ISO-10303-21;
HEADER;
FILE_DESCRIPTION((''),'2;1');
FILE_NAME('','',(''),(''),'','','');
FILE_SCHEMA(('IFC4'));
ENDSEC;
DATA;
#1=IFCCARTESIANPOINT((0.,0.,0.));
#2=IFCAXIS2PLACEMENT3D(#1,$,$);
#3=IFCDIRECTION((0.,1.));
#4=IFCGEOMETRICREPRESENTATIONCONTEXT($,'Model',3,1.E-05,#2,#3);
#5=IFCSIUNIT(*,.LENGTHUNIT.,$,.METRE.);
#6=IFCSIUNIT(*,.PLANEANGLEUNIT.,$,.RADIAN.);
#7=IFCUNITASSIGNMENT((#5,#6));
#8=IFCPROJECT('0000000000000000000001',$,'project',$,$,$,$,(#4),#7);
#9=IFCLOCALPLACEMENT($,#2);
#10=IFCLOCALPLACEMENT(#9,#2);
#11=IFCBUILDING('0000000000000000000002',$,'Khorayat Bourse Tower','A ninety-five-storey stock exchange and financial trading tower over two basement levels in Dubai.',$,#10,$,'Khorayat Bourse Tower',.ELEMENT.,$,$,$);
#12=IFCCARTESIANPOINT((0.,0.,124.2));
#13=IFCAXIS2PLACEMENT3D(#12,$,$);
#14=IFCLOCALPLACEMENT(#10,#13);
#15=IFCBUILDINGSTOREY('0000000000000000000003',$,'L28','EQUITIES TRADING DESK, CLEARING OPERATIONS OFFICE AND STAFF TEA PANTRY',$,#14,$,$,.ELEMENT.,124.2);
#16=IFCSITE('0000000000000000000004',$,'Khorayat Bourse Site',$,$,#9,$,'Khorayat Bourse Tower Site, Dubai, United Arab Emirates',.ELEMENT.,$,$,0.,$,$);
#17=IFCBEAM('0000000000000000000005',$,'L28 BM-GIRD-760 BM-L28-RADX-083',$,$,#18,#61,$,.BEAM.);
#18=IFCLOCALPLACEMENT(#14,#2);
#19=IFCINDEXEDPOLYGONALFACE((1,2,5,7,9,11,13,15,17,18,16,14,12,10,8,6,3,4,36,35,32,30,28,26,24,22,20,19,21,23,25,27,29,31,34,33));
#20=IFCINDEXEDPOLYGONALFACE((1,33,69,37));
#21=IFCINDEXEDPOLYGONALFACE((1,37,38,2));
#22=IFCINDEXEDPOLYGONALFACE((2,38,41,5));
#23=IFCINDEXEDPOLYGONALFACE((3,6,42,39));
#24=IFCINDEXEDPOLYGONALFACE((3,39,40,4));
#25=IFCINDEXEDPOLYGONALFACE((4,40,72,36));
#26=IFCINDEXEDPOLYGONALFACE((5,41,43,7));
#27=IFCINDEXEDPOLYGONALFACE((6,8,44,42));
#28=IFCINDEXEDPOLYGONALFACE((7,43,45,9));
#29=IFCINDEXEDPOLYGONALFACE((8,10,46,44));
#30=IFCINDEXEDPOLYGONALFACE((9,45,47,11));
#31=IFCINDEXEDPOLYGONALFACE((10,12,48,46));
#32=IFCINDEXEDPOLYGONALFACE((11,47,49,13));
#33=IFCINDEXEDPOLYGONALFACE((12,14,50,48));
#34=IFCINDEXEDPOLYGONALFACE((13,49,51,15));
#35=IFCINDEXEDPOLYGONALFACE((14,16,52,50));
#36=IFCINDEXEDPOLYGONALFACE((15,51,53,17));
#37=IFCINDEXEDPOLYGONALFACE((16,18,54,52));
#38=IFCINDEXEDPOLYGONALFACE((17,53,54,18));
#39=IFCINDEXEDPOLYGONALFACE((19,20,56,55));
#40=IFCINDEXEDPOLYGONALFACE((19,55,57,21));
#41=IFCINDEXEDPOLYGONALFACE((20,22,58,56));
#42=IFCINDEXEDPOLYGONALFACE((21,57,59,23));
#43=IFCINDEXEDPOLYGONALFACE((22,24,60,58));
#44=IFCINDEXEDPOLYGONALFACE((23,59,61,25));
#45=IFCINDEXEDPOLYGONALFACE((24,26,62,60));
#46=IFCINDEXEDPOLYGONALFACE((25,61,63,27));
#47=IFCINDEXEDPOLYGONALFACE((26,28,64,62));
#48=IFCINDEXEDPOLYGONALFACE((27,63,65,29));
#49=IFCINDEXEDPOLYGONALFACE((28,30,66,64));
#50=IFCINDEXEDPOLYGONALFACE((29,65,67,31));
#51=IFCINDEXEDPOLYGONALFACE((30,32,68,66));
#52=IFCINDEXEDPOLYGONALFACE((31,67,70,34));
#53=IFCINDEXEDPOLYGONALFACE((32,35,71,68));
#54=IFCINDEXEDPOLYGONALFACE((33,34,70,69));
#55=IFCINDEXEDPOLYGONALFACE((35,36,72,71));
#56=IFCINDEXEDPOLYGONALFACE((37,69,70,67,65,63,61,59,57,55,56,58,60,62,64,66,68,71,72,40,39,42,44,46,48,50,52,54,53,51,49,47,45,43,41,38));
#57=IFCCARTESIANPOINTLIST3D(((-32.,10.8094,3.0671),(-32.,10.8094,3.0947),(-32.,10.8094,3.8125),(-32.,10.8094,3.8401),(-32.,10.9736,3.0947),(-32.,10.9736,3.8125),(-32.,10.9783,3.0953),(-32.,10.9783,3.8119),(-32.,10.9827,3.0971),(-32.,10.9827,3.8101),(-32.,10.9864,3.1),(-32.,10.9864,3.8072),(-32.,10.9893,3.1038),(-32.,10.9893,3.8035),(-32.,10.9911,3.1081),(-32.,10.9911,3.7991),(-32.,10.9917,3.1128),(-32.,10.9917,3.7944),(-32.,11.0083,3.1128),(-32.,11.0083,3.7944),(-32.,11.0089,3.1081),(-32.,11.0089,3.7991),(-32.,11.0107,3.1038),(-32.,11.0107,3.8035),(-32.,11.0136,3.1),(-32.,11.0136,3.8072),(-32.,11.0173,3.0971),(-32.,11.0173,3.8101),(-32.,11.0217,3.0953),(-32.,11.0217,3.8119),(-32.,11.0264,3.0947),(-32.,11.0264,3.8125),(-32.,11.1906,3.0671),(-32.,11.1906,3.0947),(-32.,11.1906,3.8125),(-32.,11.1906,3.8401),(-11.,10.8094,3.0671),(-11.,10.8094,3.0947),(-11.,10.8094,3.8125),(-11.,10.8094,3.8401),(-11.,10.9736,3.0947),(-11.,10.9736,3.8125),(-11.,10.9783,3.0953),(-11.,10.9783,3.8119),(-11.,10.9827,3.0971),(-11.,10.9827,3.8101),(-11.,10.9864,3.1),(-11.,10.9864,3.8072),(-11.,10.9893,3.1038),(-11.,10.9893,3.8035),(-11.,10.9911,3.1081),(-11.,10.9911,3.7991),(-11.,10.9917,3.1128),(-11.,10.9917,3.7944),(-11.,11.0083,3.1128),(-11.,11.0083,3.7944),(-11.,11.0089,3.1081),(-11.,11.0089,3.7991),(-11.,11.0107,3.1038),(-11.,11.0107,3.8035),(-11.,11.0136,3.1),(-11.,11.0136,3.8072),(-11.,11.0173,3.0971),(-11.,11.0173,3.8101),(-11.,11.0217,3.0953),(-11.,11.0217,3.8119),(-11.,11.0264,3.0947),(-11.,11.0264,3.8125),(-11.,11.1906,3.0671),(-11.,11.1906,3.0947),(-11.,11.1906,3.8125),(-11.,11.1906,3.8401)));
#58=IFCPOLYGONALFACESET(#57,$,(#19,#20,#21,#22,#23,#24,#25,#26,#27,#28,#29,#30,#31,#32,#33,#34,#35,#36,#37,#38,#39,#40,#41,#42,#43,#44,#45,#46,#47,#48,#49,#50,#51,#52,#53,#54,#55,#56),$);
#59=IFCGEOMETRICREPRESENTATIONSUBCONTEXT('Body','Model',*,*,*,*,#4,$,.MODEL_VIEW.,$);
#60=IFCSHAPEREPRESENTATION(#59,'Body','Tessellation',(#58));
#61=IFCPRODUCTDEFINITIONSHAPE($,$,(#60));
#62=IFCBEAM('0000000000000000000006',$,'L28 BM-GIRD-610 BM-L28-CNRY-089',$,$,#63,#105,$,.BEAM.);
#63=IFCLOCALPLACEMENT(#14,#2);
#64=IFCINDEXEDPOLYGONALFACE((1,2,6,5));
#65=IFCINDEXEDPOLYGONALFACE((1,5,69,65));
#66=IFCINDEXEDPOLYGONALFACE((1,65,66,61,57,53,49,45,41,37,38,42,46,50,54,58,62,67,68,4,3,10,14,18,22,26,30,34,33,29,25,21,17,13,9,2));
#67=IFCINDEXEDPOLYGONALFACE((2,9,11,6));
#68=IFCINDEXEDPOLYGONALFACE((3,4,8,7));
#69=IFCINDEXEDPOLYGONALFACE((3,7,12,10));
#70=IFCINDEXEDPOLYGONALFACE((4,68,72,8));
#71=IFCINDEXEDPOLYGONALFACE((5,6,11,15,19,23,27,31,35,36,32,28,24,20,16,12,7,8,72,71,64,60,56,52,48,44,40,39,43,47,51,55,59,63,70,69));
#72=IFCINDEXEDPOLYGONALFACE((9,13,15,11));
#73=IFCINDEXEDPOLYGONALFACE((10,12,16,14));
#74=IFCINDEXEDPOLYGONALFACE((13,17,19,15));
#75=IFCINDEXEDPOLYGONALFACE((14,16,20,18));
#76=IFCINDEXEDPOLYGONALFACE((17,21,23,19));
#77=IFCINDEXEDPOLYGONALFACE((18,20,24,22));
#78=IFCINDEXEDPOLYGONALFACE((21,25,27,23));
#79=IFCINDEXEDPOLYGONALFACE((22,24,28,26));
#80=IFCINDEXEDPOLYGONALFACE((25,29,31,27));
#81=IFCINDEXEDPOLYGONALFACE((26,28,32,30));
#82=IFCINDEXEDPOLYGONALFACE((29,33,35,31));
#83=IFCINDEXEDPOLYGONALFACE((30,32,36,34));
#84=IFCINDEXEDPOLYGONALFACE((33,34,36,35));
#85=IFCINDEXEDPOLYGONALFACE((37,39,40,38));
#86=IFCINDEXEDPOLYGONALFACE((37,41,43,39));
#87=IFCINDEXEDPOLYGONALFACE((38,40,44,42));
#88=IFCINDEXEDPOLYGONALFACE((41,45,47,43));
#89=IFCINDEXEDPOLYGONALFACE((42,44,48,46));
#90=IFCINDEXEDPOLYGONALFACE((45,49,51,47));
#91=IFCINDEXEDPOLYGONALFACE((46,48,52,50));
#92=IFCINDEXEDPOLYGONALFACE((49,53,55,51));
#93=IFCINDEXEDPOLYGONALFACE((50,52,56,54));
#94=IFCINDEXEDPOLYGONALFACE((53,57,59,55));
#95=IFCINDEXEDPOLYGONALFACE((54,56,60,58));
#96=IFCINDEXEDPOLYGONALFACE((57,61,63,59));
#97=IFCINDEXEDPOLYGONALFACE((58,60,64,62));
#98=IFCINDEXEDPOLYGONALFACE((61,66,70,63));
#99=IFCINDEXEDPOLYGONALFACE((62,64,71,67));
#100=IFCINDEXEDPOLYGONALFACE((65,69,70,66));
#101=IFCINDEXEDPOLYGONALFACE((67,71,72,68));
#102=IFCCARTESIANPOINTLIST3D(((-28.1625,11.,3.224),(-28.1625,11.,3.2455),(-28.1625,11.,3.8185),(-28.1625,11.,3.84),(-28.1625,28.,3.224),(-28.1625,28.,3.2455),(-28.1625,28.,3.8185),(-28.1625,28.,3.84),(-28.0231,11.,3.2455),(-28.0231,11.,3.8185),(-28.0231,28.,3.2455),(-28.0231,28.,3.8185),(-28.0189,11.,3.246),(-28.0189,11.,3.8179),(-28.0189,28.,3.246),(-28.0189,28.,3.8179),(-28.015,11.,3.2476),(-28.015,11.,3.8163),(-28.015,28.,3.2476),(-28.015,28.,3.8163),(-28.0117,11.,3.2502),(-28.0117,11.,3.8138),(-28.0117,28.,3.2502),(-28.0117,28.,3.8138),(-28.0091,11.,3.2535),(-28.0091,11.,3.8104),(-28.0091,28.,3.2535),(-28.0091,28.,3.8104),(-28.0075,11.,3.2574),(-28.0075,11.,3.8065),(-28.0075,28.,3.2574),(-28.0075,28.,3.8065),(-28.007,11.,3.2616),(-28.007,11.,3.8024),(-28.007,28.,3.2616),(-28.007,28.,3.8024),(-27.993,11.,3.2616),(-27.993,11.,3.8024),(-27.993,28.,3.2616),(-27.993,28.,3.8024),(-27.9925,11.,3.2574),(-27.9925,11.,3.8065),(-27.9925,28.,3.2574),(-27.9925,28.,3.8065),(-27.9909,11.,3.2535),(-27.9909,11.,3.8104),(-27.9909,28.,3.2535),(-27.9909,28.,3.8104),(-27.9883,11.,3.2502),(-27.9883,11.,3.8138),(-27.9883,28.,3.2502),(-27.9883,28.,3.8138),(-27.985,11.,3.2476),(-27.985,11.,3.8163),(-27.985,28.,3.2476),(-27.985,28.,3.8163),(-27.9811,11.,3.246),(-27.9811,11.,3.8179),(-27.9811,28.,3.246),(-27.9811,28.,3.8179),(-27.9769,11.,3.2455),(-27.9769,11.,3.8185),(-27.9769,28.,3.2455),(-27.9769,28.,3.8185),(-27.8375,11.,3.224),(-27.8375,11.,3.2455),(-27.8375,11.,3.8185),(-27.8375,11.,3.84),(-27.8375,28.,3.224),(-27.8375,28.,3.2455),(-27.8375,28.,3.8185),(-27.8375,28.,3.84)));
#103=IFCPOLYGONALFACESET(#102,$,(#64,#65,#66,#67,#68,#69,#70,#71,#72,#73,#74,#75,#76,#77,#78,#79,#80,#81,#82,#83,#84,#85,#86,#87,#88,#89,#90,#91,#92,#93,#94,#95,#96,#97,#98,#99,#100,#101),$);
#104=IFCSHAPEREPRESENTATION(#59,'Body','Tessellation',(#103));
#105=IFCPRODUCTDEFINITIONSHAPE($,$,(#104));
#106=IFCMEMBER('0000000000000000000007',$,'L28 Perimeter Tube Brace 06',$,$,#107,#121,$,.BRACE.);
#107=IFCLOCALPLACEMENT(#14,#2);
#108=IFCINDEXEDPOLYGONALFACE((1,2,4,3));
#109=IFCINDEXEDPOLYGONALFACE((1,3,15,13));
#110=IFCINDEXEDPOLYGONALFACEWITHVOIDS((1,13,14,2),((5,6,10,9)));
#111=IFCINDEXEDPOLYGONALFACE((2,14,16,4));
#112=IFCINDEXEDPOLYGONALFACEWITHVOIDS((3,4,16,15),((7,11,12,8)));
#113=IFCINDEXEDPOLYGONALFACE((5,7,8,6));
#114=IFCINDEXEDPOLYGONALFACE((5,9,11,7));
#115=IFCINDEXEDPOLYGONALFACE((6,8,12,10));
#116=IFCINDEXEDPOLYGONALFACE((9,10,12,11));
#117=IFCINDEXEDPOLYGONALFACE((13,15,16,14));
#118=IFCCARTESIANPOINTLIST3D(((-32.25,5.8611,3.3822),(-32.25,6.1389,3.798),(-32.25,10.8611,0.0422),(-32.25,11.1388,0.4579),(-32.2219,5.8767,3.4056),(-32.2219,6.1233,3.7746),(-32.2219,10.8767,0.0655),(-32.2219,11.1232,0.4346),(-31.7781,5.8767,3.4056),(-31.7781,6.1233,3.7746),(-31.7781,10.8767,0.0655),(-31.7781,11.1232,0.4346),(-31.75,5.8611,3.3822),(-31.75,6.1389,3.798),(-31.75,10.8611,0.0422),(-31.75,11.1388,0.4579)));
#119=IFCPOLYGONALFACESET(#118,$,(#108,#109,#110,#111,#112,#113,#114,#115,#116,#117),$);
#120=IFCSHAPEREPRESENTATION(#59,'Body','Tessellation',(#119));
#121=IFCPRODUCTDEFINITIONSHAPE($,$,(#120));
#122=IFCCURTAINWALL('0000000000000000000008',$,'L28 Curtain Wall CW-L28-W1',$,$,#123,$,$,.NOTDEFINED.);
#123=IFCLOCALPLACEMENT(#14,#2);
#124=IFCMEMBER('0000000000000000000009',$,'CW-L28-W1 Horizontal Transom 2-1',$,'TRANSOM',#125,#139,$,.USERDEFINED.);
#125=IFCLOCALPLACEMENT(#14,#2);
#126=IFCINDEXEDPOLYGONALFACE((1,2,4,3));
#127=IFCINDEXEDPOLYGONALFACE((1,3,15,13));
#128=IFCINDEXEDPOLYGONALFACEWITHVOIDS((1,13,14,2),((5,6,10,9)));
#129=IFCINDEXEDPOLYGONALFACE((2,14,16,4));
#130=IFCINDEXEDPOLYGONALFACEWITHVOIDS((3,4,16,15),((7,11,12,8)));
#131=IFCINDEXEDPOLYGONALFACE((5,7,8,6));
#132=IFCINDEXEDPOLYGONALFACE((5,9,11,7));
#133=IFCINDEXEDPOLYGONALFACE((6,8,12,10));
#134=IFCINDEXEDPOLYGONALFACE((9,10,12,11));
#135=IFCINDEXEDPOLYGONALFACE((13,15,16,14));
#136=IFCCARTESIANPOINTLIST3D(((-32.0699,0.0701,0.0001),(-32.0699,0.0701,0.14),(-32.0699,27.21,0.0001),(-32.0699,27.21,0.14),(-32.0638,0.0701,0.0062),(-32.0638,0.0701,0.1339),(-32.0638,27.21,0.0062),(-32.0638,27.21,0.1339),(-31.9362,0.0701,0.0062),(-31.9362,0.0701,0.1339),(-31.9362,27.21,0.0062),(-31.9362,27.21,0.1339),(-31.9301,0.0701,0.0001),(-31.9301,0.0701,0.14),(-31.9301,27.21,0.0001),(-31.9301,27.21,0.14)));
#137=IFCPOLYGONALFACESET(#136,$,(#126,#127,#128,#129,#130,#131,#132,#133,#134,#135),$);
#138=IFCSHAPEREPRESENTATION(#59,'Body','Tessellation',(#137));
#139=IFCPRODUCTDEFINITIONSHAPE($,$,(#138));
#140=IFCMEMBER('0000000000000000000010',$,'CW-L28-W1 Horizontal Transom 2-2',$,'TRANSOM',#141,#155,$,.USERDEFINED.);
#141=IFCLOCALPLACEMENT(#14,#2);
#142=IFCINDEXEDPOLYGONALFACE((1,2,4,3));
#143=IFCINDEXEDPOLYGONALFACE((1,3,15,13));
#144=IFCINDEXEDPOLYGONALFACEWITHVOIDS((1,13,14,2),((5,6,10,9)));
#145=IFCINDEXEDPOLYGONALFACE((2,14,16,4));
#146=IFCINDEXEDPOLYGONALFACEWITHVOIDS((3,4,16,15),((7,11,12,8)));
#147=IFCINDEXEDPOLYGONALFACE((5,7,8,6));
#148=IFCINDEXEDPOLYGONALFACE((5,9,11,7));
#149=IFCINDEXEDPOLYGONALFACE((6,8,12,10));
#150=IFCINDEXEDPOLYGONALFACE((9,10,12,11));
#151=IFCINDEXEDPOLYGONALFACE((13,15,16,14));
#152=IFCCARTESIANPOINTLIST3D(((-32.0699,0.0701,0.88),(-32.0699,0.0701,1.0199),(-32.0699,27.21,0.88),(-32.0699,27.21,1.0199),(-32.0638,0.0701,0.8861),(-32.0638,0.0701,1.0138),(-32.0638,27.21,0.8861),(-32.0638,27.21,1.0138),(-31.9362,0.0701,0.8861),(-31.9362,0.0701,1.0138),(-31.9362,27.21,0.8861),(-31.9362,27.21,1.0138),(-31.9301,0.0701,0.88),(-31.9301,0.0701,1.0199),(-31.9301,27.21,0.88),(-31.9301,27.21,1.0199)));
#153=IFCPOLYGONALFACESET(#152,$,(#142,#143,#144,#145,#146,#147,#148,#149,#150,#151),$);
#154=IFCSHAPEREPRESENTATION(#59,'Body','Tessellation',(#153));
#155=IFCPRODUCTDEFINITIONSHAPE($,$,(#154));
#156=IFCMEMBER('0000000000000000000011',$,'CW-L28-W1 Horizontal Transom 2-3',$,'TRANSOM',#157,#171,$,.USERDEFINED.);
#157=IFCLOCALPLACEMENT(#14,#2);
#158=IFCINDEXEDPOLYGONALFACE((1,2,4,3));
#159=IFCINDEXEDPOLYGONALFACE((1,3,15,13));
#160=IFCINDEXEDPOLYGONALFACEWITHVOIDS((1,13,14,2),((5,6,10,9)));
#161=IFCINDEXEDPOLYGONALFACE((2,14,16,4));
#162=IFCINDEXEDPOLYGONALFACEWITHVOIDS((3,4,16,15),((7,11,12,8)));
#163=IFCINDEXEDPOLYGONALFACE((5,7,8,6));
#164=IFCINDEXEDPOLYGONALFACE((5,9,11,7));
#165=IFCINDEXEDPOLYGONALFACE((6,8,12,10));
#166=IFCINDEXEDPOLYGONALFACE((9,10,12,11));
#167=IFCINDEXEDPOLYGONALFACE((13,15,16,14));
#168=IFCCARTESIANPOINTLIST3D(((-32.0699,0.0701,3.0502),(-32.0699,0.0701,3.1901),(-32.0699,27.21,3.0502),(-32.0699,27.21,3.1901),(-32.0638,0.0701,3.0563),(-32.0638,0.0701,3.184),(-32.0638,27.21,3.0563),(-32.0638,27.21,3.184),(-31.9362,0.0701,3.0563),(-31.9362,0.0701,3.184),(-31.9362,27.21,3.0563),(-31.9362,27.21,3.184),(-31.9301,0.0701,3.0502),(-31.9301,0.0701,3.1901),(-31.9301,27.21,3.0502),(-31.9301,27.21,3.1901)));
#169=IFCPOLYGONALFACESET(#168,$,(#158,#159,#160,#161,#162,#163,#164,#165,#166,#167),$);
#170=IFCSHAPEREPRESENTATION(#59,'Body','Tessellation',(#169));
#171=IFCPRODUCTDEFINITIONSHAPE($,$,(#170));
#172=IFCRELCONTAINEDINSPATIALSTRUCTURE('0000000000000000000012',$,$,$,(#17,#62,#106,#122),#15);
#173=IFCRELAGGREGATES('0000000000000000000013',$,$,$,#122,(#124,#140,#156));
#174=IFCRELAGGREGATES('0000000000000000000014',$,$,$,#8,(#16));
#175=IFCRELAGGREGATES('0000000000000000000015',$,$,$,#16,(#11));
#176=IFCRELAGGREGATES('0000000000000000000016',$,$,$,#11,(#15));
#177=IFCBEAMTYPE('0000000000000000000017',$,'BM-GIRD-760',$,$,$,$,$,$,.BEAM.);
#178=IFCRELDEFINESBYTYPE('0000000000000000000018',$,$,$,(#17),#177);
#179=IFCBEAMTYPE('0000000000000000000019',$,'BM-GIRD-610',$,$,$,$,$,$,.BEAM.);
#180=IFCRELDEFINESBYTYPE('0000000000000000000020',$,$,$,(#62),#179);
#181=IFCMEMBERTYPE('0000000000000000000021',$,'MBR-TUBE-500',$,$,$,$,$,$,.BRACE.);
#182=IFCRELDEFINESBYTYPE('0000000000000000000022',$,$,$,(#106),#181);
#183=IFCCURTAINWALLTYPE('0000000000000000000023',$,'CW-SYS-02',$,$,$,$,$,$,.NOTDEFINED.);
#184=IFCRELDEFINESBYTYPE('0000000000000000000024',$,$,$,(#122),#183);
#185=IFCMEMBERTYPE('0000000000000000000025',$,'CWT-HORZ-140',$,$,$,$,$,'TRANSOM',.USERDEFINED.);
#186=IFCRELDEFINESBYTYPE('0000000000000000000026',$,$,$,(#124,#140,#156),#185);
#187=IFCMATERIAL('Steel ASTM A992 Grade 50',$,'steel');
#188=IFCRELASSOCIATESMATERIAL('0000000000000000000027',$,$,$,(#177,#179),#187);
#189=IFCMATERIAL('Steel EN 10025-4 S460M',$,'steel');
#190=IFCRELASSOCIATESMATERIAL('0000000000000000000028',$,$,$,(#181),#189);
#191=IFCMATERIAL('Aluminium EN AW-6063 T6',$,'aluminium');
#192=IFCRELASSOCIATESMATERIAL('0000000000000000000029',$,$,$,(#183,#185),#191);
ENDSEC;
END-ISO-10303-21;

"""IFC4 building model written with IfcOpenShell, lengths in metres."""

from ifc_helpers import new_model, si_unit, direction, frame, origin, origin_2d, place, context, subcontext, project, spatial, hollow_rectangle, i_section, extrude, source, transform, mapped, material, material_profile, profile_set, type_object, element, aggregate, save


model = new_model("IFC4")

# Units and contexts
model_context = context("Model", 3, precision=1e-05, world=origin(), true_north=direction((0.0, 1.0)))
body_context = subcontext(model_context, "Body", "Model", "MODEL_VIEW")
ifc_project = project(units=[si_unit("LENGTHUNIT", "METRE"), si_unit("PLANEANGLEUNIT", "RADIAN")], contexts=[model_context])

# Site, building, storey
site_placement = place(None, origin())
site = spatial("IfcSite", under=ifc_project, at=site_placement, Name="Khorayat Bourse Site", LongName="Khorayat Bourse Tower Site, Dubai, United Arab Emirates", CompositionType="ELEMENT", RefElevation=0.0)
building_placement = place(site_placement, origin())
building = spatial("IfcBuilding", under=site, at=building_placement, Name="Khorayat Bourse Tower", Description="A ninety-five-storey stock exchange and financial trading tower over two basement levels in Dubai.", LongName="Khorayat Bourse Tower", CompositionType="ELEMENT")
storey_placement = place(building_placement, frame((0.0, 0.0, 124.2)))
storey = spatial("IfcBuildingStorey", under=building, at=storey_placement, Name="L28", Description="EQUITIES TRADING DESK, CLEARING OPERATIONS OFFICE AND STAFF TEA PANTRY", CompositionType="ELEMENT", Elevation=124.2)

# Shared definitions
ifc_material_1 = material(Name="Steel EN 10025-4 S460M", Category="steel")

# Beams
ifc_material_2 = material(Name="Steel ASTM A992 Grade 50", Category="steel")
ifc_material_profile_1 = material_profile(ifc_material_2, i_section(OverallWidth=0.3811, OverallDepth=0.7729, WebThickness=0.0166, FlangeThickness=0.0276, FilletRadius=0.0181, at=origin_2d()), Name="W760X257")
ifc_profile_set_1 = profile_set([ifc_material_profile_1], Name="Steel ASTM A992 Grade 50")
beam_type_1 = type_object("IfcBeamType", Name="BM-GIRD-760", PredefinedType="BEAM", material=ifc_profile_set_1)
shared_shape_1 = source(origin(), body_context, "Body", "SweptSolid", [
    extrude(i_section(OverallWidth=0.3811, OverallDepth=0.7729, WebThickness=0.0166, FlangeThickness=0.0276, FilletRadius=0.0181, at=origin_2d()), origin(), (0.0, 0.0, 1.0), 21.0),
])
for number, where, z_axis, x_axis, name in (
    (1, (-32.0, 11.0, 3.4536), (1.0, 0.0, 0.0), (0.0, 1.0, 0.0), "L28 BM-GIRD-760 BM-L28-RADX-083"),
):
    element("IfcBeam", number, at=place(storey_placement, frame(where, z_axis=z_axis, x_axis=x_axis)), inside=storey, type_object=beam_type_1, Name=name, PredefinedType="BEAM", context=body_context, shape_type="MappedRepresentation", body=[
        mapped(shared_shape_1, transform((0.0, 0.0, 0.0), scale=1.0)),
    ])
ifc_material_profile_2 = material_profile(ifc_material_2, i_section(OverallWidth=0.325, OverallDepth=0.616, WebThickness=0.0139, FlangeThickness=0.0215, FilletRadius=0.0161, at=origin_2d()), Name="W610X174")
ifc_profile_set_2 = profile_set([ifc_material_profile_2], Name="Steel ASTM A992 Grade 50")
beam_type_2 = type_object("IfcBeamType", Name="BM-GIRD-610", PredefinedType="BEAM", material=ifc_profile_set_2)
shared_shape_2 = source(origin(), body_context, "Body", "SweptSolid", [
    extrude(i_section(OverallWidth=0.325, OverallDepth=0.616, WebThickness=0.0139, FlangeThickness=0.0215, FilletRadius=0.0161, at=origin_2d()), origin(), (0.0, 0.0, 1.0), 17.0),
])
beam_1_placement = place(storey_placement, frame((-28.0, 11.0, 3.532), z_axis=(0.0, 1.0, 0.0), x_axis=(-1.0, 0.0, 0.0)))
element("IfcBeam", 2, at=beam_1_placement, inside=storey, type_object=beam_type_2, Name="L28 BM-GIRD-610 BM-L28-CNRY-089", PredefinedType="BEAM", context=body_context, shape_type="MappedRepresentation", body=[
    mapped(shared_shape_2, transform((0.0, 0.0, 0.0), scale=1.0)),
])

# Member
ifc_material_profile_3 = material_profile(ifc_material_1, hollow_rectangle(XDim=0.5, YDim=0.5, WallThickness=0.0281, at=origin_2d()), Name="HSS 500x500x28")
ifc_profile_set_3 = profile_set([ifc_material_profile_3], Name="Steel EN 10025-4 S460M")
member_type_1 = type_object("IfcMemberType", Name="MBR-TUBE-500", PredefinedType="BRACE", material=ifc_profile_set_3)
shared_shape_3 = source(origin(), body_context, "Body", "SweptSolid", [
    extrude(hollow_rectangle(XDim=0.5, YDim=0.5, WallThickness=0.0281, at=origin_2d()), origin(), (0.0, 0.0, 1.0), 6.0129),
])
member_1_placement = place(storey_placement, frame((-32.0, 6.0, 3.5901), z_axis=(0.0, 0.831531, -0.555478), x_axis=(-1.0, 0.0, 0.0)))
element("IfcMember", 3, at=member_1_placement, inside=storey, type_object=member_type_1, Name="L28 Perimeter Tube Brace 06", PredefinedType="BRACE", context=body_context, shape_type="MappedRepresentation", body=[
    mapped(shared_shape_3, transform((0.0, 0.0, 0.0), scale=1.0)),
])

# Curtain wall, members
ifc_material_3 = material(Name="Aluminium EN AW-6063 T6", Category="aluminium")
curtain_wall_type = type_object("IfcCurtainWallType", Name="CW-SYS-02", PredefinedType="NOTDEFINED", material=ifc_material_3)
curtain_wall_placement = place(storey_placement, origin())
curtain_wall = element("IfcCurtainWall", 4, at=curtain_wall_placement, inside=storey, type_object=curtain_wall_type, Name="L28 Curtain Wall CW-L28-W1", PredefinedType="NOTDEFINED")
ifc_material_profile_4 = material_profile(ifc_material_3, hollow_rectangle(XDim=0.1399, YDim=0.1399, WallThickness=0.0061, at=origin_2d()), Name="ALU 140x140x6")
ifc_profile_set_4 = profile_set([ifc_material_profile_4], Name="Aluminium EN AW-6063 T6")
member_type_2 = type_object("IfcMemberType", Name="CWT-HORZ-140", ElementType="TRANSOM", PredefinedType="USERDEFINED", material=ifc_profile_set_4)
shared_shape_4 = source(origin(), body_context, "Body", "SweptSolid", [
    extrude(hollow_rectangle(XDim=0.1399, YDim=0.1399, WallThickness=0.0061, at=origin_2d()), origin(), (0.0, 0.0, 1.0), 27.1399),
])
member_2_placement = place(storey_placement, frame((-32.0, 0.0701, 0.0701), z_axis=(0.0, 1.0, 0.0), x_axis=(-1.0, 0.0, 0.0)))
member_2 = element("IfcMember", 5, at=member_2_placement, type_object=member_type_2, Name="CW-L28-W1 Horizontal Transom 2-1", ObjectType="TRANSOM", PredefinedType="USERDEFINED", context=body_context, shape_type="MappedRepresentation", body=[
    mapped(shared_shape_4, transform((0.0, 0.0, 0.0), scale=1.0)),
])
member_3_placement = place(storey_placement, frame((-32.0, 0.0701, 0.95), z_axis=(0.0, 1.0, 0.0), x_axis=(-1.0, 0.0, 0.0)))
member_3 = element("IfcMember", 6, at=member_3_placement, type_object=member_type_2, Name="CW-L28-W1 Horizontal Transom 2-2", ObjectType="TRANSOM", PredefinedType="USERDEFINED", context=body_context, shape_type="MappedRepresentation", body=[
    mapped(shared_shape_4, transform((0.0, 0.0, 0.0), scale=1.0)),
])
member_4_placement = place(storey_placement, frame((-32.0, 0.0701, 3.1201), z_axis=(0.0, 1.0, 0.0), x_axis=(-1.0, 0.0, 0.0)))
member_4 = element("IfcMember", 7, at=member_4_placement, type_object=member_type_2, Name="CW-L28-W1 Horizontal Transom 2-3", ObjectType="TRANSOM", PredefinedType="USERDEFINED", context=body_context, shape_type="MappedRepresentation", body=[
    mapped(shared_shape_4, transform((0.0, 0.0, 0.0), scale=1.0)),
])
aggregate(curtain_wall, [member_2, member_3, member_4])

save(model, "model.ifc")
